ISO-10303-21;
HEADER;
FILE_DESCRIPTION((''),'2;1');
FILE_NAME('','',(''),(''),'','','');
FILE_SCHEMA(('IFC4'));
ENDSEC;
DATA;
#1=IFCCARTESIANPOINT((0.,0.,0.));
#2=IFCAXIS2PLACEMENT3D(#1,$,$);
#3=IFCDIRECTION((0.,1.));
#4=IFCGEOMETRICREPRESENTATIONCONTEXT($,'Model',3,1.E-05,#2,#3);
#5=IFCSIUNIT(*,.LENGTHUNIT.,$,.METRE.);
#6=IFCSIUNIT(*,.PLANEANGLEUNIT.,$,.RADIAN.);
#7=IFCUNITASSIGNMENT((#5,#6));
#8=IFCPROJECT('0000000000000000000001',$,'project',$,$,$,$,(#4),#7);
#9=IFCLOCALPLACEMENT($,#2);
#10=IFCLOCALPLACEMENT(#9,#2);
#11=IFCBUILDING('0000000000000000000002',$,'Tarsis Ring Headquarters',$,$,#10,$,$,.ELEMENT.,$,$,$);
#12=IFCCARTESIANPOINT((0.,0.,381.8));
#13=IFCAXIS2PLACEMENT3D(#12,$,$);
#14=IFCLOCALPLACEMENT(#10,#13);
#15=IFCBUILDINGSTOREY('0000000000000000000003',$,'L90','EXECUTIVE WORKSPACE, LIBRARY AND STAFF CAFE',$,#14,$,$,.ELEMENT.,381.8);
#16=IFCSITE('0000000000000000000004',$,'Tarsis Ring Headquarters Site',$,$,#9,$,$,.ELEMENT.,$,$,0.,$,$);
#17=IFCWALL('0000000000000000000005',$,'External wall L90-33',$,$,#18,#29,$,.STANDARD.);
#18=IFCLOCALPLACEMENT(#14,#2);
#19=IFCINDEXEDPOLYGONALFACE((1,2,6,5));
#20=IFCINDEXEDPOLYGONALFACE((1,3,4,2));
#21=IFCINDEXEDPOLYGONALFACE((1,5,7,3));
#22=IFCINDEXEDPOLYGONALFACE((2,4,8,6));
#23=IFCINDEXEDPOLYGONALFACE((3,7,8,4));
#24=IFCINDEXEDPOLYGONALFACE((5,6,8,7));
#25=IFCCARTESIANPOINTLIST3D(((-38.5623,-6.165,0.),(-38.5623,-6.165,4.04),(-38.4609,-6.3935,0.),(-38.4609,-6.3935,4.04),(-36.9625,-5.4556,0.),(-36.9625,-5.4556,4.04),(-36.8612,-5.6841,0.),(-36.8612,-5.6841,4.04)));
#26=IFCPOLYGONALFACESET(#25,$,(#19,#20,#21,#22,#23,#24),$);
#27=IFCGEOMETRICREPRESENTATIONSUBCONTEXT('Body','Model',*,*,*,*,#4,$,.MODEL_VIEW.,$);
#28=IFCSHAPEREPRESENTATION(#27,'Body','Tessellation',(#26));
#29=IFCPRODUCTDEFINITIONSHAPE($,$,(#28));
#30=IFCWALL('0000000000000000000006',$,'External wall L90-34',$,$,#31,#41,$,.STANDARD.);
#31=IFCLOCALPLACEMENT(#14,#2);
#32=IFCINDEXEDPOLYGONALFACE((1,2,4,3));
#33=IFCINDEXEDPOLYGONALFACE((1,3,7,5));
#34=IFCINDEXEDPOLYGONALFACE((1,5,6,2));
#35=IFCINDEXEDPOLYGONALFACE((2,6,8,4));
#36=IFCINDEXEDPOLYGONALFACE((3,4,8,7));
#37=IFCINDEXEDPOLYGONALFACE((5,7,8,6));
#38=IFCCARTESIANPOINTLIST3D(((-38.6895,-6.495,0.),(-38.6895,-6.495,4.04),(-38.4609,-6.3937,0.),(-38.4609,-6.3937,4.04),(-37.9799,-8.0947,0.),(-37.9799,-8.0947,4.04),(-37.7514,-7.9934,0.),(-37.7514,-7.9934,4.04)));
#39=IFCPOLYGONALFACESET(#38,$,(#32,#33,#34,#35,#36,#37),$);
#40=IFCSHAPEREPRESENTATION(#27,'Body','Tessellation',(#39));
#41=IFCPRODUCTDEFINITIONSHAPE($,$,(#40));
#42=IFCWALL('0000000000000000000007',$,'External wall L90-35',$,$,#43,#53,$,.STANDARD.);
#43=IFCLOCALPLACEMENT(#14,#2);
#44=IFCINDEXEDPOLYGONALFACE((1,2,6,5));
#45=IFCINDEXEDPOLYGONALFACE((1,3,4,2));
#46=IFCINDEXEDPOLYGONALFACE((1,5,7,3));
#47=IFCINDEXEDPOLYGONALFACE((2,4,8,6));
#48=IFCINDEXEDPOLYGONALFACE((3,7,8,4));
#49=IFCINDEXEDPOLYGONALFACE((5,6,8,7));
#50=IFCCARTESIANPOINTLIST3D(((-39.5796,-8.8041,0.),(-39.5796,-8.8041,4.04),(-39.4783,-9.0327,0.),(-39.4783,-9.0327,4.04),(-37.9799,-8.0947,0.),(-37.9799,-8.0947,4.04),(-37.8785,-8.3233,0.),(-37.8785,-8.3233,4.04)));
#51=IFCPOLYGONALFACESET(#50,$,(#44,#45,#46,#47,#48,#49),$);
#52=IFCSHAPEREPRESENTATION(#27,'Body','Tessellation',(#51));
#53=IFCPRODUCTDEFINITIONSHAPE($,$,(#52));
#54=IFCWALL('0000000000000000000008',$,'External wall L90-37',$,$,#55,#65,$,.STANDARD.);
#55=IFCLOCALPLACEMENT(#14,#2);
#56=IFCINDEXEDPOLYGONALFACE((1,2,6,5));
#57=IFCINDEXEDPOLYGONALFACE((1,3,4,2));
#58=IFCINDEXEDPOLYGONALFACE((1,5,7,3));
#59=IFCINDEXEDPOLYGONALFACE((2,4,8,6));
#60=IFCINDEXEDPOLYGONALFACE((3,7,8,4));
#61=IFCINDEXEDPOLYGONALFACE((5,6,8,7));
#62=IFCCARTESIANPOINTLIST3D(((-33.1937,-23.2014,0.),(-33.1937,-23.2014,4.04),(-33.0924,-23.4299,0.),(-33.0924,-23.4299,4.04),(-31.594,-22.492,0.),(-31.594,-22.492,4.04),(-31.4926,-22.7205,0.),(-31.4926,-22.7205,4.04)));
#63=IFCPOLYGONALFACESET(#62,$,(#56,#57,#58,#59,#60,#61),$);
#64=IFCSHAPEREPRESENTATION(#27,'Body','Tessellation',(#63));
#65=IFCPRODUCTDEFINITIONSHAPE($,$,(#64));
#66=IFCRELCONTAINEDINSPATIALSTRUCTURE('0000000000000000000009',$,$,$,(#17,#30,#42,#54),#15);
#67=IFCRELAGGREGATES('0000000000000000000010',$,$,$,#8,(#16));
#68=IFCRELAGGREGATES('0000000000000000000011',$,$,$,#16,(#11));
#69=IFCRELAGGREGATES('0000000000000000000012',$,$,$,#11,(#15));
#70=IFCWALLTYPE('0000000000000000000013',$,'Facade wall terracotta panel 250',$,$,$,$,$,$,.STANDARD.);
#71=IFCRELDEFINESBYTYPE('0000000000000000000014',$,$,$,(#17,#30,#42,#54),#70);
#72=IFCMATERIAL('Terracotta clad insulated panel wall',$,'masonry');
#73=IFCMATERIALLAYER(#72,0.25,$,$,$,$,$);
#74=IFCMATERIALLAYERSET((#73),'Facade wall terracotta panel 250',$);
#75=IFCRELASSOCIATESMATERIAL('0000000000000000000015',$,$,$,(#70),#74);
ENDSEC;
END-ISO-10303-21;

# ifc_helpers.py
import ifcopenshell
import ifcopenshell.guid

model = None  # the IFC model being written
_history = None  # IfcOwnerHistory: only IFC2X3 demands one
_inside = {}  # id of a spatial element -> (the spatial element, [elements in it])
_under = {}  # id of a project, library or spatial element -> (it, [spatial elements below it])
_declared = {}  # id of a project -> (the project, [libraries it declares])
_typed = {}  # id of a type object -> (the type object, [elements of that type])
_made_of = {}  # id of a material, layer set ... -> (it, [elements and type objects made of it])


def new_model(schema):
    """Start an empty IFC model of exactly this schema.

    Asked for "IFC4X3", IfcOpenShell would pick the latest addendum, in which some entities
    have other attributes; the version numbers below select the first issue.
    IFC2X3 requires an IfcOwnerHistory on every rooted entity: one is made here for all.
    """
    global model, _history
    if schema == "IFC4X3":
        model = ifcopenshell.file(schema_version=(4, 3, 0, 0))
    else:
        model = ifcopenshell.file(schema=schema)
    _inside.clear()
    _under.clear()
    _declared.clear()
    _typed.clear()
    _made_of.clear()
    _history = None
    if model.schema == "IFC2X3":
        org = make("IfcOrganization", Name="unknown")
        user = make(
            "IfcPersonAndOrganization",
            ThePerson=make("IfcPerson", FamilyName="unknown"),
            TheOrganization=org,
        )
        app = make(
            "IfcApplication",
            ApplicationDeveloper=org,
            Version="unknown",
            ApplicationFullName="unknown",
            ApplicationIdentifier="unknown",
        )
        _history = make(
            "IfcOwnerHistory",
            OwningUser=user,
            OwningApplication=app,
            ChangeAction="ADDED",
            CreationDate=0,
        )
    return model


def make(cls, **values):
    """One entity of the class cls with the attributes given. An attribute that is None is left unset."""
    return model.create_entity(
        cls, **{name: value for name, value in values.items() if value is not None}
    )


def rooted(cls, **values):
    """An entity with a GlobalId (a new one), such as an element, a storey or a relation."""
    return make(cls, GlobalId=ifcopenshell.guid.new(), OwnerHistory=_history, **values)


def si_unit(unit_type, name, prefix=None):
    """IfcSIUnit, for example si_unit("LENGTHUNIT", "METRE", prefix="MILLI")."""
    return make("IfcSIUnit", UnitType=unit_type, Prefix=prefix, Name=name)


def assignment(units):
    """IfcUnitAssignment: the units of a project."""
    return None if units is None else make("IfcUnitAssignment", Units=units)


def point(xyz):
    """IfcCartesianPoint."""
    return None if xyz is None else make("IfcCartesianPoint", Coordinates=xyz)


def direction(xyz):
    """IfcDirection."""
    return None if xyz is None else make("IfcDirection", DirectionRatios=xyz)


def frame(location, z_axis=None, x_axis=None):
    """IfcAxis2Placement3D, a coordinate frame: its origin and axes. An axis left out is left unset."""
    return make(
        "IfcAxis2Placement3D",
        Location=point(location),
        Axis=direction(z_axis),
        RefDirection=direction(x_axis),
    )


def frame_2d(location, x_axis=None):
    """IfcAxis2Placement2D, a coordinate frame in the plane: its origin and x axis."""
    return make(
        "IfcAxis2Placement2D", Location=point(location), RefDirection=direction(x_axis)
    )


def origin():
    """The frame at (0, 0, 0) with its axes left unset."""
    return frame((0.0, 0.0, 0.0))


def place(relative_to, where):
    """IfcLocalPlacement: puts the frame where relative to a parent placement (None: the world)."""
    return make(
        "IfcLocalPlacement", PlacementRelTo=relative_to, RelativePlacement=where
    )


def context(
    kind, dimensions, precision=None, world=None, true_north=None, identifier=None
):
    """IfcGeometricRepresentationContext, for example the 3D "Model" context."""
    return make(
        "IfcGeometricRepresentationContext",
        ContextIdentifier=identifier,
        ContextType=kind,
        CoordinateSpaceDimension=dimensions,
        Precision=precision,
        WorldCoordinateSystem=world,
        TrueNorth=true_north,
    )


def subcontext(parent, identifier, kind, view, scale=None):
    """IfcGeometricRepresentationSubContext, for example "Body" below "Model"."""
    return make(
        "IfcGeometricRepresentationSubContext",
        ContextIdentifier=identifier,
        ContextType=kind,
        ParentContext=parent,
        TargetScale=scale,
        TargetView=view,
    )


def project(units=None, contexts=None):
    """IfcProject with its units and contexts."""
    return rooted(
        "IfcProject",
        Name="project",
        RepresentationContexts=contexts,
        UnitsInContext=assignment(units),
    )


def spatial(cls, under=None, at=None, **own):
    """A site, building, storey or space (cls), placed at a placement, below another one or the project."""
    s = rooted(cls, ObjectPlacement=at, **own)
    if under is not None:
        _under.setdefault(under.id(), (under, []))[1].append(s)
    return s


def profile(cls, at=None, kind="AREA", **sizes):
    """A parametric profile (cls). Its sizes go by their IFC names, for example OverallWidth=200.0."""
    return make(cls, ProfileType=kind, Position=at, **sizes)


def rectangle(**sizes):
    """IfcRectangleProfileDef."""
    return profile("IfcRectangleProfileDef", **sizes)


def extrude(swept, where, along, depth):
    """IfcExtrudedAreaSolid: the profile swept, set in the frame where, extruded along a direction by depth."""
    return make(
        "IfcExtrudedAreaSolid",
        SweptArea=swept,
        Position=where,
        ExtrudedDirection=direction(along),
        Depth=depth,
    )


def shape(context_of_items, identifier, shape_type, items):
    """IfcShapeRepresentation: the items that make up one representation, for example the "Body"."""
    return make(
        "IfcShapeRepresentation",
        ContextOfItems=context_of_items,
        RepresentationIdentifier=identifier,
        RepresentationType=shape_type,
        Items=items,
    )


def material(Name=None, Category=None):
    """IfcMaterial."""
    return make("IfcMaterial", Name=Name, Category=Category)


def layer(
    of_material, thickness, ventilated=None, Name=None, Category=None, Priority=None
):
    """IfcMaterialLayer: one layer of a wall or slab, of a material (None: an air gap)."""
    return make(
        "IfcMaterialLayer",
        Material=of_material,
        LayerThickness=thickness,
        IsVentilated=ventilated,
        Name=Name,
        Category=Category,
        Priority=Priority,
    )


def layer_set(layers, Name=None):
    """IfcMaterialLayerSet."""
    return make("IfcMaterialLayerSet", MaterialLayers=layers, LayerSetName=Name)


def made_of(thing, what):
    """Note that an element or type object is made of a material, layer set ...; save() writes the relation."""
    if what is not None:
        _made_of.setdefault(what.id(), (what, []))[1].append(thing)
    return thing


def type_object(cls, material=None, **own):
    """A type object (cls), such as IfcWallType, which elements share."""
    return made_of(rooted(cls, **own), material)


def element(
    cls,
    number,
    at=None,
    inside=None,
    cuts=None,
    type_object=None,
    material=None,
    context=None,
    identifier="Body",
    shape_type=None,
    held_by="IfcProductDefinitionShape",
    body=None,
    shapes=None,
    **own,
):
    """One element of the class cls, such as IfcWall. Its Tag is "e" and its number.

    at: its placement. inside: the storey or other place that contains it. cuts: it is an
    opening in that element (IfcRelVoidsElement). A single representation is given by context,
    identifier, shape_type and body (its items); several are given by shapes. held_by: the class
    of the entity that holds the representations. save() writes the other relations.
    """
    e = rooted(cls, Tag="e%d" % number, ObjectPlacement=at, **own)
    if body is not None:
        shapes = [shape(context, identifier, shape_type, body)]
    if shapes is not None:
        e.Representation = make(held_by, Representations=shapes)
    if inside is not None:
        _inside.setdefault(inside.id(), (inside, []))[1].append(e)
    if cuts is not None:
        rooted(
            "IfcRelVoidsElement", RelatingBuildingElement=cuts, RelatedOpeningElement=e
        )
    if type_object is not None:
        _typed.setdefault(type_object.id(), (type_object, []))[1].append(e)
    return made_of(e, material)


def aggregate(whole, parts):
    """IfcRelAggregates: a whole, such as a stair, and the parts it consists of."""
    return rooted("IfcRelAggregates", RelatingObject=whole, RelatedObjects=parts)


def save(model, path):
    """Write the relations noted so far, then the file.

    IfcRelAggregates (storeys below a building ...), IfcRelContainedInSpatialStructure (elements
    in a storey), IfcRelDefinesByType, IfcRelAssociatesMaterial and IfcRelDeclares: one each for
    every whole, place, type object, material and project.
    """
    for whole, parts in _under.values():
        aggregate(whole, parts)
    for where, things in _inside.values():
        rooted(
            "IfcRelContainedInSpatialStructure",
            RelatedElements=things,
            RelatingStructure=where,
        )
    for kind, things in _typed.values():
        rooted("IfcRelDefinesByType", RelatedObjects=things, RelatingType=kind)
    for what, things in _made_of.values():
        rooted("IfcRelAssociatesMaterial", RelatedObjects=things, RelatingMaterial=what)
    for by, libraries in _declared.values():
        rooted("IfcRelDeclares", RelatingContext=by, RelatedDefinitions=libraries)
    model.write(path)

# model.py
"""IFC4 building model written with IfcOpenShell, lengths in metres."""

from ifc_helpers import new_model, si_unit, direction, frame, frame_2d, origin, place, context, subcontext, project, spatial, rectangle, extrude, material, layer, layer_set, type_object, element, save


model = new_model("IFC4")

# Units and contexts
model_context = context("Model", 3, precision=1e-05, world=origin(), true_north=direction((0.0, 1.0)))
body_context = subcontext(model_context, "Body", "Model", "MODEL_VIEW")
ifc_project = project(units=[si_unit("LENGTHUNIT", "METRE"), si_unit("PLANEANGLEUNIT", "RADIAN")], contexts=[model_context])

# Site, building, storey
site_placement = place(None, origin())
site = spatial("IfcSite", under=ifc_project, at=site_placement, Name="Tarsis Ring Headquarters Site", CompositionType="ELEMENT", RefElevation=0.0)
building_placement = place(site_placement, origin())
building = spatial("IfcBuilding", under=site, at=building_placement, Name="Tarsis Ring Headquarters", CompositionType="ELEMENT")
storey_placement = place(building_placement, frame((0.0, 0.0, 381.8)))
storey = spatial("IfcBuildingStorey", under=building, at=storey_placement, Name="L90", Description="EXECUTIVE WORKSPACE, LIBRARY AND STAFF CAFE", CompositionType="ELEMENT", Elevation=381.8)

# Walls
ifc_material_1 = material(Name="Terracotta clad insulated panel wall", Category="masonry")
ifc_layer_1 = layer(ifc_material_1, 0.25)
ifc_layer_set_1 = layer_set([ifc_layer_1], Name="Facade wall terracotta panel 250")
wall_type_1 = type_object("IfcWallType", Name="Facade wall terracotta panel 250", PredefinedType="STANDARD", material=ifc_layer_set_1)
for number, where, z_axis, x_axis, name in (
    (1, (-36.9119, -5.5698, 0.0), (0.0, 0.0, 1.0), (-0.914145, -0.405388, 0.0), "External wall L90-33"),
    (2, (-38.5752, -6.4443, 0.0), (0.0, 0.0, 1.0), (0.405439, -0.914122, 0.0), "External wall L90-34"),
    (3, (-37.9292, -8.209, 0.0), (0.0, 0.0, 1.0), (-0.914145, -0.405388, 0.0), "External wall L90-35"),
    (4, (-33.1431, -23.3157, 0.0), (0.0, 0.0, 1.0), (0.914145, 0.405388, 0.0), "External wall L90-37"),
):
    element("IfcWall", number, at=place(storey_placement, frame(where, z_axis=z_axis, x_axis=x_axis)), inside=storey, type_object=wall_type_1, Name=name, PredefinedType="STANDARD", context=body_context, shape_type="SweptSolid", body=[
        extrude(rectangle(XDim=1.75, YDim=0.25, at=frame_2d((0.875, 0.0))), origin(), (0.0, 0.0, 1.0), 4.04),
    ])

save(model, "model.ifc")
